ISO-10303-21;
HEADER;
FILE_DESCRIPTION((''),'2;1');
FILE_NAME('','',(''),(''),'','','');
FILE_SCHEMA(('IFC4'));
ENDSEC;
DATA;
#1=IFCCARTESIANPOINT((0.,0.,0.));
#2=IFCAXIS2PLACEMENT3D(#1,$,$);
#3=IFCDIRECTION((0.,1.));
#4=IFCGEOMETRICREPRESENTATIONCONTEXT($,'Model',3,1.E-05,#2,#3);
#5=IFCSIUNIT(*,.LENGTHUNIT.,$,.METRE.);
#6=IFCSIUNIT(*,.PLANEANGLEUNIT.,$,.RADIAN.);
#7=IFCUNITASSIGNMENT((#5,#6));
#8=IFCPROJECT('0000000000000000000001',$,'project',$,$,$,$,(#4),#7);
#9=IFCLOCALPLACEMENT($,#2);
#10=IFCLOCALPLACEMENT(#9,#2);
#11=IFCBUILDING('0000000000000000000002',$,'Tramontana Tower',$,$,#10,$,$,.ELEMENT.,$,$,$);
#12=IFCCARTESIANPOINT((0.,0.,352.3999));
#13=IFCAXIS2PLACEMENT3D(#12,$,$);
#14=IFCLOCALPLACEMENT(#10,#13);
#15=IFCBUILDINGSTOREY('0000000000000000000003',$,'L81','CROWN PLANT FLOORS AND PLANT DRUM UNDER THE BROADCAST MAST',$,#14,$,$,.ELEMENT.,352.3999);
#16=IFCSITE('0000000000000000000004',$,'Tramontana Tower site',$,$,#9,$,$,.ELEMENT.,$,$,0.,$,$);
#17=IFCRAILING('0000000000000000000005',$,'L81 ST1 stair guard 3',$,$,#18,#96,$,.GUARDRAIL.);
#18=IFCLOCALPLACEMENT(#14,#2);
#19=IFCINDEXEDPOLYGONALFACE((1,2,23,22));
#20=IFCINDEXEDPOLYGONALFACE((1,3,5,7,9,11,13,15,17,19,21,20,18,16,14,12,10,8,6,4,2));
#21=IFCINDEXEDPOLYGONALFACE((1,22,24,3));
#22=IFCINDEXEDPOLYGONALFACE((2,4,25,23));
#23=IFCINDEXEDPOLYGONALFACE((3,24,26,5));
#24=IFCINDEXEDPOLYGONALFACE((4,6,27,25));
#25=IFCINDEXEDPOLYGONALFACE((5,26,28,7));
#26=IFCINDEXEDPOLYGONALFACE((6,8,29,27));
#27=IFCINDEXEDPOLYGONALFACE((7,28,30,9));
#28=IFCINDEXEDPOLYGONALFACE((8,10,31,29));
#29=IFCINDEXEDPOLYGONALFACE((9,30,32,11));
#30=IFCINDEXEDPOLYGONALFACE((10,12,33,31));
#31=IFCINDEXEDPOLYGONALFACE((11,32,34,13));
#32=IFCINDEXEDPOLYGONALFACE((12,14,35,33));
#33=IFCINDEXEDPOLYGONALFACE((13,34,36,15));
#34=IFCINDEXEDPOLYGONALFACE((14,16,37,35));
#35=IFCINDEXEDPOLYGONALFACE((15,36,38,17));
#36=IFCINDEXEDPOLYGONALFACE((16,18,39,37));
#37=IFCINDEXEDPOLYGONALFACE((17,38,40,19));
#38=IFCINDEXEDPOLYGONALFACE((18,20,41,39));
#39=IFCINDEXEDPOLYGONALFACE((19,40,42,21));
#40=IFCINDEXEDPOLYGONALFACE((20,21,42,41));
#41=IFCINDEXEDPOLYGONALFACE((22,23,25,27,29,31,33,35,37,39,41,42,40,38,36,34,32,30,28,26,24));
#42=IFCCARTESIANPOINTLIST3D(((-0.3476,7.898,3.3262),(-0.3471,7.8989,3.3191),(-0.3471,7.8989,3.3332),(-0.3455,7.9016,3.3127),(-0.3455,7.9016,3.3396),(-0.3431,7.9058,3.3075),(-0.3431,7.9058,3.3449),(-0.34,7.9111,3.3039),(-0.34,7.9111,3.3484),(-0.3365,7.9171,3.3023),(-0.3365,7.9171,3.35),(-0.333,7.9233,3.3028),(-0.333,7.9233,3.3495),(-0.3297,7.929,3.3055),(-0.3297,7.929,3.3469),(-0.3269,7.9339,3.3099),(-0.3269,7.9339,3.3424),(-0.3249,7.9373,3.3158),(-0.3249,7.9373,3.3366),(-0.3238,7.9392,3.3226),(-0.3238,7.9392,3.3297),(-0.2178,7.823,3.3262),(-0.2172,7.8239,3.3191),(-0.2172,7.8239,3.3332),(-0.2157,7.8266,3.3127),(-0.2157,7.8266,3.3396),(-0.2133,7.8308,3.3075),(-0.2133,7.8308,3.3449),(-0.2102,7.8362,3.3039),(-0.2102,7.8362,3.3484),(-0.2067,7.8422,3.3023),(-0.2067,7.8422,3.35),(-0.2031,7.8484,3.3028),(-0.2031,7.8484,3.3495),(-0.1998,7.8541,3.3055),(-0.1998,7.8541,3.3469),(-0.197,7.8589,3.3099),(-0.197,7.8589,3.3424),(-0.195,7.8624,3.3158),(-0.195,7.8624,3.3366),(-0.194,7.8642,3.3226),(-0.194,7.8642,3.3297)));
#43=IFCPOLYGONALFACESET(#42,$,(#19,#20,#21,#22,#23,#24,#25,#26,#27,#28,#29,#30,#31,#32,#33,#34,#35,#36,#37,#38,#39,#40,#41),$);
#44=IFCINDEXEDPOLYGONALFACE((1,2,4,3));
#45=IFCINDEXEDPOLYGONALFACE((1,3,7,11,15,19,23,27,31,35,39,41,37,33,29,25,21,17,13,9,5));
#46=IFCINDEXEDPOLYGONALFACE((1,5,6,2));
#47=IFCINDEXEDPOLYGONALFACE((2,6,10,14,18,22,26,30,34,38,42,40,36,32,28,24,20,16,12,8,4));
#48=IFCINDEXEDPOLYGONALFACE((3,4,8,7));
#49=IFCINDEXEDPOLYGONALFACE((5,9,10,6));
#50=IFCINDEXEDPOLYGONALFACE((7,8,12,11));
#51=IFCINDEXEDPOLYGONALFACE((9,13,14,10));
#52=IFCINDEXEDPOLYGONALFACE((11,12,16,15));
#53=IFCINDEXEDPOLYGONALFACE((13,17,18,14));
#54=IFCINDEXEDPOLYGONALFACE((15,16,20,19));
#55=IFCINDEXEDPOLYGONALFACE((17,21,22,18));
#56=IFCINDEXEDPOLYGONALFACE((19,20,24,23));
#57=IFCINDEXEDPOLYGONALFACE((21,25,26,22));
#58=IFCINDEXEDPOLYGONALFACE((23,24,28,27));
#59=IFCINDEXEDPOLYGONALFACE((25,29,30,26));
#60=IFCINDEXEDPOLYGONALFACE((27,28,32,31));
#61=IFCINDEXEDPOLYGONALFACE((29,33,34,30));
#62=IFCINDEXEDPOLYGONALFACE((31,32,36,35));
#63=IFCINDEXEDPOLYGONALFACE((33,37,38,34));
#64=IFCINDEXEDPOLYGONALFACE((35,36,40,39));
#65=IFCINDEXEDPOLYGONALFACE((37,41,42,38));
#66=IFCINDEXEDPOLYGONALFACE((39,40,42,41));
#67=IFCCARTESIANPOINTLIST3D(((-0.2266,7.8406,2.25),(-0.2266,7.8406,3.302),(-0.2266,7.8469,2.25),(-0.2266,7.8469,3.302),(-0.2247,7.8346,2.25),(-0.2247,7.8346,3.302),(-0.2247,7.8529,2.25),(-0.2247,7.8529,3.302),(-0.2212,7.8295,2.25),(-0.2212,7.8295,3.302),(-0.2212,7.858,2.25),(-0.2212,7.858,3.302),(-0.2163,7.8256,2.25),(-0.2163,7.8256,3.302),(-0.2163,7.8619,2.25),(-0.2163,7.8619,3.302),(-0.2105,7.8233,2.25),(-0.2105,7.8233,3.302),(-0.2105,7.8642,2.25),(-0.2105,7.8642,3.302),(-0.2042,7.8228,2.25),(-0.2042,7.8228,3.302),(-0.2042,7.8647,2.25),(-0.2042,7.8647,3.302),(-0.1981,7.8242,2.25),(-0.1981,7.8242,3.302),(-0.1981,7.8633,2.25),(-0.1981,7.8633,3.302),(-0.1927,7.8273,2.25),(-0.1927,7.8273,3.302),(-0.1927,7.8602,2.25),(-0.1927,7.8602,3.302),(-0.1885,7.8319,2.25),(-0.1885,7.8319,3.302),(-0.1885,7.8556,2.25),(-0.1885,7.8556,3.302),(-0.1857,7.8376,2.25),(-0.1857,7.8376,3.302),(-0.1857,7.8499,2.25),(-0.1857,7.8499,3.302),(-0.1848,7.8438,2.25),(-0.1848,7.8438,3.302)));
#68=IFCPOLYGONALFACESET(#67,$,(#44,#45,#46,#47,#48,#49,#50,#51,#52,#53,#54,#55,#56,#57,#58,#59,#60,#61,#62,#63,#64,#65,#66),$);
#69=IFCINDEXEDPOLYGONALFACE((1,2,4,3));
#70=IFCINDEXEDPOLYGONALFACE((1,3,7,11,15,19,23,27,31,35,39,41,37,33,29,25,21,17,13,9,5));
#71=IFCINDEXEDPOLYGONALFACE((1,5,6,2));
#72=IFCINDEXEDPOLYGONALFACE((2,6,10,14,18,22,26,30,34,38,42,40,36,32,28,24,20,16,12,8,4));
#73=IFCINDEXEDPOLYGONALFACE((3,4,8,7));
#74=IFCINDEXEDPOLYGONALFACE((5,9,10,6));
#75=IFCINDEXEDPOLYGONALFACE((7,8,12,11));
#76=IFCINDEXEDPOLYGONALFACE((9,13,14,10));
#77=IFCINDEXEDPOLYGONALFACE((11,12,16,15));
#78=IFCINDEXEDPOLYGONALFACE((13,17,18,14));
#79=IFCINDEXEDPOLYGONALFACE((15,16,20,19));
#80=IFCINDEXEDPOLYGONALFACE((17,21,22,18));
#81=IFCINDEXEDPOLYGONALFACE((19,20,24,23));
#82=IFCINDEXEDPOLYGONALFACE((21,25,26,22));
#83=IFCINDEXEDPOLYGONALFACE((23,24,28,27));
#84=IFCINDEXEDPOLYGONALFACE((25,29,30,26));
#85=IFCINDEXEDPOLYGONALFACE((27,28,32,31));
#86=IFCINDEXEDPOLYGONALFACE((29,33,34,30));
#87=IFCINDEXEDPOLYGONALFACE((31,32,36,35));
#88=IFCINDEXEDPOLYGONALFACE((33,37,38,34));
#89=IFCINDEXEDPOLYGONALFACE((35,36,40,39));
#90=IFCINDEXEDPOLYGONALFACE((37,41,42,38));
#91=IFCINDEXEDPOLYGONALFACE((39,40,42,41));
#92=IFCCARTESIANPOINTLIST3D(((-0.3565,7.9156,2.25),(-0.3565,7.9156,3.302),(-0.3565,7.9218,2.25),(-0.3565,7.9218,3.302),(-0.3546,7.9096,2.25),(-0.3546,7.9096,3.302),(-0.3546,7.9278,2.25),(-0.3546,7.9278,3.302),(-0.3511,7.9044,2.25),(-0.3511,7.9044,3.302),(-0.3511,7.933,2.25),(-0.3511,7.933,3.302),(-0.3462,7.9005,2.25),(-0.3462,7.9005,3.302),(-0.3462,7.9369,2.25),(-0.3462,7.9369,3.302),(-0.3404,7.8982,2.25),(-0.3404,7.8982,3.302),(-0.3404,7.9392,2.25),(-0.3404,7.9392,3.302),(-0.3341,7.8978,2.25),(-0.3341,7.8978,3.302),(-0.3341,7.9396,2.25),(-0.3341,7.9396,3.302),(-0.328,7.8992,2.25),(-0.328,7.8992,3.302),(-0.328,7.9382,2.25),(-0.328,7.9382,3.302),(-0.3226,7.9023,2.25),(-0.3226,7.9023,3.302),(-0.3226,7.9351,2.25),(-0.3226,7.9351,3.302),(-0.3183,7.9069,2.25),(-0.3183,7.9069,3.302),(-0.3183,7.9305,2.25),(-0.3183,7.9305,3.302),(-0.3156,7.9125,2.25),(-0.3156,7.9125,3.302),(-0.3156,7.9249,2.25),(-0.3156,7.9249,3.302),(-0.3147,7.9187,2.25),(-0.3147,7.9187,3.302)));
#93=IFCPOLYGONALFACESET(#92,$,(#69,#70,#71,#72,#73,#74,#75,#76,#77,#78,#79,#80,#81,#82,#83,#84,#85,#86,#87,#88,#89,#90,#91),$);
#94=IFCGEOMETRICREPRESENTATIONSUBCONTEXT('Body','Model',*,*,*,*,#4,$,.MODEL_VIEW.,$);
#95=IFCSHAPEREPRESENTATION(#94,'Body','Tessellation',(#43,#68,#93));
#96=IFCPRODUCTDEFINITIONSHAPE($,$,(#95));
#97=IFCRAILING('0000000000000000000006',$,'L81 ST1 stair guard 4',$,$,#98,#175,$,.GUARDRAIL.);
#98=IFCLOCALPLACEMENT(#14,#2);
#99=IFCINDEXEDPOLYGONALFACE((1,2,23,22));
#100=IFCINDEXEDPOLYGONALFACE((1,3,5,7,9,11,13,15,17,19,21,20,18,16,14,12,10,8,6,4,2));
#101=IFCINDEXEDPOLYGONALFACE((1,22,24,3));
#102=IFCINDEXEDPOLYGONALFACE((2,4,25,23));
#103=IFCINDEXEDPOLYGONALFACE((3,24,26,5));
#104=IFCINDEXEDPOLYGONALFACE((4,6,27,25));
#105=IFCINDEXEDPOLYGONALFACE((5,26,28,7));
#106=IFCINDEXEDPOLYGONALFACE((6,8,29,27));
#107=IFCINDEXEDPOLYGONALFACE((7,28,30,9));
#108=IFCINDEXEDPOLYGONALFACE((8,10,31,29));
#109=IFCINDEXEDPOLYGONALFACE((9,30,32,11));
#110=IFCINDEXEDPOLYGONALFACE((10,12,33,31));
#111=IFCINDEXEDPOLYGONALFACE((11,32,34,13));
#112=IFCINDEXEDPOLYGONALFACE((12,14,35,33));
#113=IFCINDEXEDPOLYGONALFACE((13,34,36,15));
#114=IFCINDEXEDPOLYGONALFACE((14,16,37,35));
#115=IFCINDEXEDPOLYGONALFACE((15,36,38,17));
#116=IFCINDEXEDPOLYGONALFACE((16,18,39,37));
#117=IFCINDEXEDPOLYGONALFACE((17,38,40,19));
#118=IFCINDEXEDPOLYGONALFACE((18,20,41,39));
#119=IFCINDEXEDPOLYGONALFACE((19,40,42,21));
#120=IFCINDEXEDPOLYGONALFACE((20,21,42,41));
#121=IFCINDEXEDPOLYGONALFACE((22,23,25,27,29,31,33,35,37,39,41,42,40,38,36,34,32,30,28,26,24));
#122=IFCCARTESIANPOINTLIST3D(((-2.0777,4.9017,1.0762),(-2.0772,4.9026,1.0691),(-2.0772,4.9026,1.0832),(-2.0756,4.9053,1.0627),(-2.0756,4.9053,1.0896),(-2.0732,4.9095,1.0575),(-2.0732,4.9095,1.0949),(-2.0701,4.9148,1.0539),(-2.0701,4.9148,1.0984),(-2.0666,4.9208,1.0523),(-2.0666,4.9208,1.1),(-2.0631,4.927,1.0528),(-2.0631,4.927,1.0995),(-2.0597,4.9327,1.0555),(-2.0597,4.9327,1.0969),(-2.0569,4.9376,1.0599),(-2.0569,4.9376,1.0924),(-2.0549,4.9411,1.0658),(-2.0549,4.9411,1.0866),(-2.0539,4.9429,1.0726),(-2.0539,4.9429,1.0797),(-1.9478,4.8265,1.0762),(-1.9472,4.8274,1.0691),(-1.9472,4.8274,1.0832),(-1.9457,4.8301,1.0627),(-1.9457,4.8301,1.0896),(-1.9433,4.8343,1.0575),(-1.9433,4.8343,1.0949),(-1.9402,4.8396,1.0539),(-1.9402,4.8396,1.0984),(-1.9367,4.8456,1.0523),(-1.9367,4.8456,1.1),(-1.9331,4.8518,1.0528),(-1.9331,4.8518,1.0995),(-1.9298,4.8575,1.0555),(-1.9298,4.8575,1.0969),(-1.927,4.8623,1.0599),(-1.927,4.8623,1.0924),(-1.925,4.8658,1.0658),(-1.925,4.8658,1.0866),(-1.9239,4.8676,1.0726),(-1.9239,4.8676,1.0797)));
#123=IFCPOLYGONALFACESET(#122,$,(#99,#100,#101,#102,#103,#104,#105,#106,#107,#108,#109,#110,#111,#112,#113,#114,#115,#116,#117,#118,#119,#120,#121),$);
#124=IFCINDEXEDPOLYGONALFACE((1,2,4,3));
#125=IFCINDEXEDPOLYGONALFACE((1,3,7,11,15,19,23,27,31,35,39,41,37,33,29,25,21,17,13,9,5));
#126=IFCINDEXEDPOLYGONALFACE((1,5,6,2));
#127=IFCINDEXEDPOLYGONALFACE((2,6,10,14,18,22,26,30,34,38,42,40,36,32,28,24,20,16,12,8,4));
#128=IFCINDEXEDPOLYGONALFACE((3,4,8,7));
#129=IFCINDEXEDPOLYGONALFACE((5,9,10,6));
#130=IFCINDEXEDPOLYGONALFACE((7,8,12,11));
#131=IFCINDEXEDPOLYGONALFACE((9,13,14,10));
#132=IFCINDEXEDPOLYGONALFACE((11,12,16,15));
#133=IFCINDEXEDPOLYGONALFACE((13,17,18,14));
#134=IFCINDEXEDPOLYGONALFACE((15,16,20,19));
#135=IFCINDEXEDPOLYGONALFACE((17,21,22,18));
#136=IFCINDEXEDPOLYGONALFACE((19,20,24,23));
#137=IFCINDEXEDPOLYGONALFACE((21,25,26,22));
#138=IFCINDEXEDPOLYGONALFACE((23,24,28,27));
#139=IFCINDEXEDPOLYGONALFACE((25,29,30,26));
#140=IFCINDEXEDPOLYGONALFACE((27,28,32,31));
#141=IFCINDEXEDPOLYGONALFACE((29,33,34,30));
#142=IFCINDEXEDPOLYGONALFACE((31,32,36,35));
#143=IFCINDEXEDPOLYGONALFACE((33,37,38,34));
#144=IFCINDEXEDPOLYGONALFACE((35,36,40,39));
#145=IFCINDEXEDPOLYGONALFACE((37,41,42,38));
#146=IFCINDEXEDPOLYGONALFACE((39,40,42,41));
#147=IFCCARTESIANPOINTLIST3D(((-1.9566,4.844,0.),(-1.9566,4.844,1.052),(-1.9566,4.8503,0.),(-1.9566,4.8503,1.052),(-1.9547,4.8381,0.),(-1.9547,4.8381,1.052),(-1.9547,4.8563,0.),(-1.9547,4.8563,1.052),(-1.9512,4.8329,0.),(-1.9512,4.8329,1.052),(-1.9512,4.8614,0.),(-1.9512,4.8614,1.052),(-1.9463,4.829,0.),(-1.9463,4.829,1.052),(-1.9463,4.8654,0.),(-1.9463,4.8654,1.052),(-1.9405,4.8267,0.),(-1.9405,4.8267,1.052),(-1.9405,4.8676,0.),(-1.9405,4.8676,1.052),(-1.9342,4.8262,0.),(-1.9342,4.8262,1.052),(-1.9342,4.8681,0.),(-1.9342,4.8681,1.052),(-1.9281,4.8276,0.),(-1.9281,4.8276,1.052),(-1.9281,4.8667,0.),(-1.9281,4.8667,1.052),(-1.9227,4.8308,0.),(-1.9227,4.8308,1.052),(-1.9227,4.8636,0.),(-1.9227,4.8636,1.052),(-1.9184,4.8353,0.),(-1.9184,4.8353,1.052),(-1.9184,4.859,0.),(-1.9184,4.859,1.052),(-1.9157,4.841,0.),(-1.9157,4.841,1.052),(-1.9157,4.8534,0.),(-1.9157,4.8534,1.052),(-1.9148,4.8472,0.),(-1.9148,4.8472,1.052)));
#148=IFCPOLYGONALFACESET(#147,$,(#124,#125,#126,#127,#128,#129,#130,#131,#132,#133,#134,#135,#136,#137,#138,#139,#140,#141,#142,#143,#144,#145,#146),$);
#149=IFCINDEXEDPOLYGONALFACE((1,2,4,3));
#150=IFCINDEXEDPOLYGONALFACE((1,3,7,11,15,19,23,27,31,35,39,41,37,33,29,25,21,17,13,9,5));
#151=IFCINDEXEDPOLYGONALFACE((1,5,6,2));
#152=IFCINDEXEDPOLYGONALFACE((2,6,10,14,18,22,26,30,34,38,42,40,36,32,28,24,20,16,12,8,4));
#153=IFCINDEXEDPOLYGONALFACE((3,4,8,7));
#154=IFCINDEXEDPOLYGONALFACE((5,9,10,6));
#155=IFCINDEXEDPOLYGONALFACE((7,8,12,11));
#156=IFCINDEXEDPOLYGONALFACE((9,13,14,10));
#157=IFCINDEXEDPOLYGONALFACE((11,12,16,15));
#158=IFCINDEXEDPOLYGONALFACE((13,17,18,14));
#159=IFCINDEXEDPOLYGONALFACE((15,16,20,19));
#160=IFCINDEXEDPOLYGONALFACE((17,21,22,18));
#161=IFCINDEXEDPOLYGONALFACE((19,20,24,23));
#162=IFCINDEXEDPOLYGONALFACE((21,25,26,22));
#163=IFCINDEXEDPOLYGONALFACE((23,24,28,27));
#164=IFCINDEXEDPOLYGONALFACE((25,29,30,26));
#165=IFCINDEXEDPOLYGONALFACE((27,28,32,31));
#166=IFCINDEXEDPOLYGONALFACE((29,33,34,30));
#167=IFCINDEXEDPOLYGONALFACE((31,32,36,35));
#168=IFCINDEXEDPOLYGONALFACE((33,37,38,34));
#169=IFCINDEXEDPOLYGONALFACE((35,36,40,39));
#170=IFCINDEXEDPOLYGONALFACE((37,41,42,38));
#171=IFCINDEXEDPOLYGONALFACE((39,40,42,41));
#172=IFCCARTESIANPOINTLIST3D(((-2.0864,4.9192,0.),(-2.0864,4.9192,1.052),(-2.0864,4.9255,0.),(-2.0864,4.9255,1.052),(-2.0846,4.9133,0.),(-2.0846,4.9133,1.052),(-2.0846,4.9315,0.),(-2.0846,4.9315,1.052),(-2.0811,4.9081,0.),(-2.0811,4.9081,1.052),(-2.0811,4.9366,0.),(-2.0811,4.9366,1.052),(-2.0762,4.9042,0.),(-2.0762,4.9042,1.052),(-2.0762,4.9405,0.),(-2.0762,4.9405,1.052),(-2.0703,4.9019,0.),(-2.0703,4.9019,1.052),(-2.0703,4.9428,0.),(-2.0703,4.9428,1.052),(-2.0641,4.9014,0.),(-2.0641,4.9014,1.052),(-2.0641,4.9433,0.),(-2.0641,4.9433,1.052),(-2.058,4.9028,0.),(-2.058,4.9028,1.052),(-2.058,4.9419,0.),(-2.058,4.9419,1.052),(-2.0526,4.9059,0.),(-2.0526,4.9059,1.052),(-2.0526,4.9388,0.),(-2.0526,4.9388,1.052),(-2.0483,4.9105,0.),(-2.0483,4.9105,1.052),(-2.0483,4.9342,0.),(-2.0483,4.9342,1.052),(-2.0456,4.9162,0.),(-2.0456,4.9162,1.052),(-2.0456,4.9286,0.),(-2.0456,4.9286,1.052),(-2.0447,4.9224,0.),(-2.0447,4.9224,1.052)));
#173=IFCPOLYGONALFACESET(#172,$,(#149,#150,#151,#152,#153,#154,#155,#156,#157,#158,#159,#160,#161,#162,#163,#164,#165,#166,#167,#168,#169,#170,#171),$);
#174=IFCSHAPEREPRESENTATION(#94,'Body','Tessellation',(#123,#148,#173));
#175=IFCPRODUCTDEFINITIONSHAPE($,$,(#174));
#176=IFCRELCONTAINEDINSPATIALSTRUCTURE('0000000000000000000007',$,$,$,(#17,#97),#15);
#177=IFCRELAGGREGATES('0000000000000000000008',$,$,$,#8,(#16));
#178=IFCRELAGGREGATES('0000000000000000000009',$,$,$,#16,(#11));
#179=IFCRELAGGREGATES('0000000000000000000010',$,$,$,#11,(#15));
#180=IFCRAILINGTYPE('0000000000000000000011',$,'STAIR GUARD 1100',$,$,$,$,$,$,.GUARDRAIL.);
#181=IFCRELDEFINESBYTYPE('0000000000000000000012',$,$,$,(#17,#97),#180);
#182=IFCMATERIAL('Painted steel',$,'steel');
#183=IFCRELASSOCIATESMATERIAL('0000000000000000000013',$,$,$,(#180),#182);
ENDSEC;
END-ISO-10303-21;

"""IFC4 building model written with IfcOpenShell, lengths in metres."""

from ifc_helpers import new_model, si_unit, direction, frame, origin, origin_2d, place, context, subcontext, project, spatial, circle, extrude, material, type_object, element, save


model = new_model("IFC4")

# Units and contexts
model_context = context("Model", 3, precision=1e-05, world=origin(), true_north=direction((0.0, 1.0)))
body_context = subcontext(model_context, "Body", "Model", "MODEL_VIEW")
ifc_project = project(units=[si_unit("LENGTHUNIT", "METRE"), si_unit("PLANEANGLEUNIT", "RADIAN")], contexts=[model_context])

# Site, building, storey
site_placement = place(None, origin())
site = spatial("IfcSite", under=ifc_project, at=site_placement, Name="Tramontana Tower site", CompositionType="ELEMENT", RefElevation=0.0)
building_placement = place(site_placement, origin())
building = spatial("IfcBuilding", under=site, at=building_placement, Name="Tramontana Tower", CompositionType="ELEMENT")
storey_placement = place(building_placement, frame((0.0, 0.0, 352.3999)))
storey = spatial("IfcBuildingStorey", under=building, at=storey_placement, Name="L81", Description="CROWN PLANT FLOORS AND PLANT DRUM UNDER THE BROADCAST MAST", CompositionType="ELEMENT", Elevation=352.3999)

# Railings
ifc_material_1 = material(Name="Painted steel", Category="steel")
railing_type_1 = type_object("IfcRailingType", Name="STAIR GUARD 1100", PredefinedType="GUARDRAIL", material=ifc_material_1)
railing_1_placement = place(storey_placement, frame((-0.2058, 7.8438, 2.25)))
element("IfcRailing", 1, at=railing_1_placement, inside=storey, type_object=railing_type_1, Name="L81 ST1 stair guard 3", PredefinedType="GUARDRAIL", context=body_context, shape_type="SweptSolid", body=[
    extrude(circle(Radius=0.0239, at=origin_2d()), frame((0.0, 0.0, 1.0762), z_axis=(-0.866131, 0.499816, 0.0), x_axis=(-0.499816, -0.866131, 0.0)), (0.0, 0.0, 1.0), 0.1499),
    extrude(circle(Radius=0.021, at=origin_2d()), origin(), (0.0, 0.0, 1.0), 1.052),
    extrude(circle(Radius=0.021, at=origin_2d()), frame((-0.1299, 0.075, 0.0)), (0.0, 0.0, 1.0), 1.052),
])
railing_2_placement = place(storey_placement, frame((-1.9358, 4.8472, 0.0)))
element("IfcRailing", 2, at=railing_2_placement, inside=storey, type_object=railing_type_1, Name="L81 ST1 stair guard 4", PredefinedType="GUARDRAIL", context=body_context, shape_type="SweptSolid", body=[
    extrude(circle(Radius=0.0239, at=origin_2d()), frame((0.0, 0.0, 1.0762), z_axis=(-0.865426, 0.501036, 0.0), x_axis=(-0.501036, -0.865426, 0.0)), (0.0, 0.0, 1.0), 0.1501),
    extrude(circle(Radius=0.021, at=origin_2d()), origin(), (0.0, 0.0, 1.0), 1.052),
    extrude(circle(Radius=0.021, at=origin_2d()), frame((-0.1299, 0.0752, 0.0)), (0.0, 0.0, 1.0), 1.052),
])

save(model, "model.ifc")
